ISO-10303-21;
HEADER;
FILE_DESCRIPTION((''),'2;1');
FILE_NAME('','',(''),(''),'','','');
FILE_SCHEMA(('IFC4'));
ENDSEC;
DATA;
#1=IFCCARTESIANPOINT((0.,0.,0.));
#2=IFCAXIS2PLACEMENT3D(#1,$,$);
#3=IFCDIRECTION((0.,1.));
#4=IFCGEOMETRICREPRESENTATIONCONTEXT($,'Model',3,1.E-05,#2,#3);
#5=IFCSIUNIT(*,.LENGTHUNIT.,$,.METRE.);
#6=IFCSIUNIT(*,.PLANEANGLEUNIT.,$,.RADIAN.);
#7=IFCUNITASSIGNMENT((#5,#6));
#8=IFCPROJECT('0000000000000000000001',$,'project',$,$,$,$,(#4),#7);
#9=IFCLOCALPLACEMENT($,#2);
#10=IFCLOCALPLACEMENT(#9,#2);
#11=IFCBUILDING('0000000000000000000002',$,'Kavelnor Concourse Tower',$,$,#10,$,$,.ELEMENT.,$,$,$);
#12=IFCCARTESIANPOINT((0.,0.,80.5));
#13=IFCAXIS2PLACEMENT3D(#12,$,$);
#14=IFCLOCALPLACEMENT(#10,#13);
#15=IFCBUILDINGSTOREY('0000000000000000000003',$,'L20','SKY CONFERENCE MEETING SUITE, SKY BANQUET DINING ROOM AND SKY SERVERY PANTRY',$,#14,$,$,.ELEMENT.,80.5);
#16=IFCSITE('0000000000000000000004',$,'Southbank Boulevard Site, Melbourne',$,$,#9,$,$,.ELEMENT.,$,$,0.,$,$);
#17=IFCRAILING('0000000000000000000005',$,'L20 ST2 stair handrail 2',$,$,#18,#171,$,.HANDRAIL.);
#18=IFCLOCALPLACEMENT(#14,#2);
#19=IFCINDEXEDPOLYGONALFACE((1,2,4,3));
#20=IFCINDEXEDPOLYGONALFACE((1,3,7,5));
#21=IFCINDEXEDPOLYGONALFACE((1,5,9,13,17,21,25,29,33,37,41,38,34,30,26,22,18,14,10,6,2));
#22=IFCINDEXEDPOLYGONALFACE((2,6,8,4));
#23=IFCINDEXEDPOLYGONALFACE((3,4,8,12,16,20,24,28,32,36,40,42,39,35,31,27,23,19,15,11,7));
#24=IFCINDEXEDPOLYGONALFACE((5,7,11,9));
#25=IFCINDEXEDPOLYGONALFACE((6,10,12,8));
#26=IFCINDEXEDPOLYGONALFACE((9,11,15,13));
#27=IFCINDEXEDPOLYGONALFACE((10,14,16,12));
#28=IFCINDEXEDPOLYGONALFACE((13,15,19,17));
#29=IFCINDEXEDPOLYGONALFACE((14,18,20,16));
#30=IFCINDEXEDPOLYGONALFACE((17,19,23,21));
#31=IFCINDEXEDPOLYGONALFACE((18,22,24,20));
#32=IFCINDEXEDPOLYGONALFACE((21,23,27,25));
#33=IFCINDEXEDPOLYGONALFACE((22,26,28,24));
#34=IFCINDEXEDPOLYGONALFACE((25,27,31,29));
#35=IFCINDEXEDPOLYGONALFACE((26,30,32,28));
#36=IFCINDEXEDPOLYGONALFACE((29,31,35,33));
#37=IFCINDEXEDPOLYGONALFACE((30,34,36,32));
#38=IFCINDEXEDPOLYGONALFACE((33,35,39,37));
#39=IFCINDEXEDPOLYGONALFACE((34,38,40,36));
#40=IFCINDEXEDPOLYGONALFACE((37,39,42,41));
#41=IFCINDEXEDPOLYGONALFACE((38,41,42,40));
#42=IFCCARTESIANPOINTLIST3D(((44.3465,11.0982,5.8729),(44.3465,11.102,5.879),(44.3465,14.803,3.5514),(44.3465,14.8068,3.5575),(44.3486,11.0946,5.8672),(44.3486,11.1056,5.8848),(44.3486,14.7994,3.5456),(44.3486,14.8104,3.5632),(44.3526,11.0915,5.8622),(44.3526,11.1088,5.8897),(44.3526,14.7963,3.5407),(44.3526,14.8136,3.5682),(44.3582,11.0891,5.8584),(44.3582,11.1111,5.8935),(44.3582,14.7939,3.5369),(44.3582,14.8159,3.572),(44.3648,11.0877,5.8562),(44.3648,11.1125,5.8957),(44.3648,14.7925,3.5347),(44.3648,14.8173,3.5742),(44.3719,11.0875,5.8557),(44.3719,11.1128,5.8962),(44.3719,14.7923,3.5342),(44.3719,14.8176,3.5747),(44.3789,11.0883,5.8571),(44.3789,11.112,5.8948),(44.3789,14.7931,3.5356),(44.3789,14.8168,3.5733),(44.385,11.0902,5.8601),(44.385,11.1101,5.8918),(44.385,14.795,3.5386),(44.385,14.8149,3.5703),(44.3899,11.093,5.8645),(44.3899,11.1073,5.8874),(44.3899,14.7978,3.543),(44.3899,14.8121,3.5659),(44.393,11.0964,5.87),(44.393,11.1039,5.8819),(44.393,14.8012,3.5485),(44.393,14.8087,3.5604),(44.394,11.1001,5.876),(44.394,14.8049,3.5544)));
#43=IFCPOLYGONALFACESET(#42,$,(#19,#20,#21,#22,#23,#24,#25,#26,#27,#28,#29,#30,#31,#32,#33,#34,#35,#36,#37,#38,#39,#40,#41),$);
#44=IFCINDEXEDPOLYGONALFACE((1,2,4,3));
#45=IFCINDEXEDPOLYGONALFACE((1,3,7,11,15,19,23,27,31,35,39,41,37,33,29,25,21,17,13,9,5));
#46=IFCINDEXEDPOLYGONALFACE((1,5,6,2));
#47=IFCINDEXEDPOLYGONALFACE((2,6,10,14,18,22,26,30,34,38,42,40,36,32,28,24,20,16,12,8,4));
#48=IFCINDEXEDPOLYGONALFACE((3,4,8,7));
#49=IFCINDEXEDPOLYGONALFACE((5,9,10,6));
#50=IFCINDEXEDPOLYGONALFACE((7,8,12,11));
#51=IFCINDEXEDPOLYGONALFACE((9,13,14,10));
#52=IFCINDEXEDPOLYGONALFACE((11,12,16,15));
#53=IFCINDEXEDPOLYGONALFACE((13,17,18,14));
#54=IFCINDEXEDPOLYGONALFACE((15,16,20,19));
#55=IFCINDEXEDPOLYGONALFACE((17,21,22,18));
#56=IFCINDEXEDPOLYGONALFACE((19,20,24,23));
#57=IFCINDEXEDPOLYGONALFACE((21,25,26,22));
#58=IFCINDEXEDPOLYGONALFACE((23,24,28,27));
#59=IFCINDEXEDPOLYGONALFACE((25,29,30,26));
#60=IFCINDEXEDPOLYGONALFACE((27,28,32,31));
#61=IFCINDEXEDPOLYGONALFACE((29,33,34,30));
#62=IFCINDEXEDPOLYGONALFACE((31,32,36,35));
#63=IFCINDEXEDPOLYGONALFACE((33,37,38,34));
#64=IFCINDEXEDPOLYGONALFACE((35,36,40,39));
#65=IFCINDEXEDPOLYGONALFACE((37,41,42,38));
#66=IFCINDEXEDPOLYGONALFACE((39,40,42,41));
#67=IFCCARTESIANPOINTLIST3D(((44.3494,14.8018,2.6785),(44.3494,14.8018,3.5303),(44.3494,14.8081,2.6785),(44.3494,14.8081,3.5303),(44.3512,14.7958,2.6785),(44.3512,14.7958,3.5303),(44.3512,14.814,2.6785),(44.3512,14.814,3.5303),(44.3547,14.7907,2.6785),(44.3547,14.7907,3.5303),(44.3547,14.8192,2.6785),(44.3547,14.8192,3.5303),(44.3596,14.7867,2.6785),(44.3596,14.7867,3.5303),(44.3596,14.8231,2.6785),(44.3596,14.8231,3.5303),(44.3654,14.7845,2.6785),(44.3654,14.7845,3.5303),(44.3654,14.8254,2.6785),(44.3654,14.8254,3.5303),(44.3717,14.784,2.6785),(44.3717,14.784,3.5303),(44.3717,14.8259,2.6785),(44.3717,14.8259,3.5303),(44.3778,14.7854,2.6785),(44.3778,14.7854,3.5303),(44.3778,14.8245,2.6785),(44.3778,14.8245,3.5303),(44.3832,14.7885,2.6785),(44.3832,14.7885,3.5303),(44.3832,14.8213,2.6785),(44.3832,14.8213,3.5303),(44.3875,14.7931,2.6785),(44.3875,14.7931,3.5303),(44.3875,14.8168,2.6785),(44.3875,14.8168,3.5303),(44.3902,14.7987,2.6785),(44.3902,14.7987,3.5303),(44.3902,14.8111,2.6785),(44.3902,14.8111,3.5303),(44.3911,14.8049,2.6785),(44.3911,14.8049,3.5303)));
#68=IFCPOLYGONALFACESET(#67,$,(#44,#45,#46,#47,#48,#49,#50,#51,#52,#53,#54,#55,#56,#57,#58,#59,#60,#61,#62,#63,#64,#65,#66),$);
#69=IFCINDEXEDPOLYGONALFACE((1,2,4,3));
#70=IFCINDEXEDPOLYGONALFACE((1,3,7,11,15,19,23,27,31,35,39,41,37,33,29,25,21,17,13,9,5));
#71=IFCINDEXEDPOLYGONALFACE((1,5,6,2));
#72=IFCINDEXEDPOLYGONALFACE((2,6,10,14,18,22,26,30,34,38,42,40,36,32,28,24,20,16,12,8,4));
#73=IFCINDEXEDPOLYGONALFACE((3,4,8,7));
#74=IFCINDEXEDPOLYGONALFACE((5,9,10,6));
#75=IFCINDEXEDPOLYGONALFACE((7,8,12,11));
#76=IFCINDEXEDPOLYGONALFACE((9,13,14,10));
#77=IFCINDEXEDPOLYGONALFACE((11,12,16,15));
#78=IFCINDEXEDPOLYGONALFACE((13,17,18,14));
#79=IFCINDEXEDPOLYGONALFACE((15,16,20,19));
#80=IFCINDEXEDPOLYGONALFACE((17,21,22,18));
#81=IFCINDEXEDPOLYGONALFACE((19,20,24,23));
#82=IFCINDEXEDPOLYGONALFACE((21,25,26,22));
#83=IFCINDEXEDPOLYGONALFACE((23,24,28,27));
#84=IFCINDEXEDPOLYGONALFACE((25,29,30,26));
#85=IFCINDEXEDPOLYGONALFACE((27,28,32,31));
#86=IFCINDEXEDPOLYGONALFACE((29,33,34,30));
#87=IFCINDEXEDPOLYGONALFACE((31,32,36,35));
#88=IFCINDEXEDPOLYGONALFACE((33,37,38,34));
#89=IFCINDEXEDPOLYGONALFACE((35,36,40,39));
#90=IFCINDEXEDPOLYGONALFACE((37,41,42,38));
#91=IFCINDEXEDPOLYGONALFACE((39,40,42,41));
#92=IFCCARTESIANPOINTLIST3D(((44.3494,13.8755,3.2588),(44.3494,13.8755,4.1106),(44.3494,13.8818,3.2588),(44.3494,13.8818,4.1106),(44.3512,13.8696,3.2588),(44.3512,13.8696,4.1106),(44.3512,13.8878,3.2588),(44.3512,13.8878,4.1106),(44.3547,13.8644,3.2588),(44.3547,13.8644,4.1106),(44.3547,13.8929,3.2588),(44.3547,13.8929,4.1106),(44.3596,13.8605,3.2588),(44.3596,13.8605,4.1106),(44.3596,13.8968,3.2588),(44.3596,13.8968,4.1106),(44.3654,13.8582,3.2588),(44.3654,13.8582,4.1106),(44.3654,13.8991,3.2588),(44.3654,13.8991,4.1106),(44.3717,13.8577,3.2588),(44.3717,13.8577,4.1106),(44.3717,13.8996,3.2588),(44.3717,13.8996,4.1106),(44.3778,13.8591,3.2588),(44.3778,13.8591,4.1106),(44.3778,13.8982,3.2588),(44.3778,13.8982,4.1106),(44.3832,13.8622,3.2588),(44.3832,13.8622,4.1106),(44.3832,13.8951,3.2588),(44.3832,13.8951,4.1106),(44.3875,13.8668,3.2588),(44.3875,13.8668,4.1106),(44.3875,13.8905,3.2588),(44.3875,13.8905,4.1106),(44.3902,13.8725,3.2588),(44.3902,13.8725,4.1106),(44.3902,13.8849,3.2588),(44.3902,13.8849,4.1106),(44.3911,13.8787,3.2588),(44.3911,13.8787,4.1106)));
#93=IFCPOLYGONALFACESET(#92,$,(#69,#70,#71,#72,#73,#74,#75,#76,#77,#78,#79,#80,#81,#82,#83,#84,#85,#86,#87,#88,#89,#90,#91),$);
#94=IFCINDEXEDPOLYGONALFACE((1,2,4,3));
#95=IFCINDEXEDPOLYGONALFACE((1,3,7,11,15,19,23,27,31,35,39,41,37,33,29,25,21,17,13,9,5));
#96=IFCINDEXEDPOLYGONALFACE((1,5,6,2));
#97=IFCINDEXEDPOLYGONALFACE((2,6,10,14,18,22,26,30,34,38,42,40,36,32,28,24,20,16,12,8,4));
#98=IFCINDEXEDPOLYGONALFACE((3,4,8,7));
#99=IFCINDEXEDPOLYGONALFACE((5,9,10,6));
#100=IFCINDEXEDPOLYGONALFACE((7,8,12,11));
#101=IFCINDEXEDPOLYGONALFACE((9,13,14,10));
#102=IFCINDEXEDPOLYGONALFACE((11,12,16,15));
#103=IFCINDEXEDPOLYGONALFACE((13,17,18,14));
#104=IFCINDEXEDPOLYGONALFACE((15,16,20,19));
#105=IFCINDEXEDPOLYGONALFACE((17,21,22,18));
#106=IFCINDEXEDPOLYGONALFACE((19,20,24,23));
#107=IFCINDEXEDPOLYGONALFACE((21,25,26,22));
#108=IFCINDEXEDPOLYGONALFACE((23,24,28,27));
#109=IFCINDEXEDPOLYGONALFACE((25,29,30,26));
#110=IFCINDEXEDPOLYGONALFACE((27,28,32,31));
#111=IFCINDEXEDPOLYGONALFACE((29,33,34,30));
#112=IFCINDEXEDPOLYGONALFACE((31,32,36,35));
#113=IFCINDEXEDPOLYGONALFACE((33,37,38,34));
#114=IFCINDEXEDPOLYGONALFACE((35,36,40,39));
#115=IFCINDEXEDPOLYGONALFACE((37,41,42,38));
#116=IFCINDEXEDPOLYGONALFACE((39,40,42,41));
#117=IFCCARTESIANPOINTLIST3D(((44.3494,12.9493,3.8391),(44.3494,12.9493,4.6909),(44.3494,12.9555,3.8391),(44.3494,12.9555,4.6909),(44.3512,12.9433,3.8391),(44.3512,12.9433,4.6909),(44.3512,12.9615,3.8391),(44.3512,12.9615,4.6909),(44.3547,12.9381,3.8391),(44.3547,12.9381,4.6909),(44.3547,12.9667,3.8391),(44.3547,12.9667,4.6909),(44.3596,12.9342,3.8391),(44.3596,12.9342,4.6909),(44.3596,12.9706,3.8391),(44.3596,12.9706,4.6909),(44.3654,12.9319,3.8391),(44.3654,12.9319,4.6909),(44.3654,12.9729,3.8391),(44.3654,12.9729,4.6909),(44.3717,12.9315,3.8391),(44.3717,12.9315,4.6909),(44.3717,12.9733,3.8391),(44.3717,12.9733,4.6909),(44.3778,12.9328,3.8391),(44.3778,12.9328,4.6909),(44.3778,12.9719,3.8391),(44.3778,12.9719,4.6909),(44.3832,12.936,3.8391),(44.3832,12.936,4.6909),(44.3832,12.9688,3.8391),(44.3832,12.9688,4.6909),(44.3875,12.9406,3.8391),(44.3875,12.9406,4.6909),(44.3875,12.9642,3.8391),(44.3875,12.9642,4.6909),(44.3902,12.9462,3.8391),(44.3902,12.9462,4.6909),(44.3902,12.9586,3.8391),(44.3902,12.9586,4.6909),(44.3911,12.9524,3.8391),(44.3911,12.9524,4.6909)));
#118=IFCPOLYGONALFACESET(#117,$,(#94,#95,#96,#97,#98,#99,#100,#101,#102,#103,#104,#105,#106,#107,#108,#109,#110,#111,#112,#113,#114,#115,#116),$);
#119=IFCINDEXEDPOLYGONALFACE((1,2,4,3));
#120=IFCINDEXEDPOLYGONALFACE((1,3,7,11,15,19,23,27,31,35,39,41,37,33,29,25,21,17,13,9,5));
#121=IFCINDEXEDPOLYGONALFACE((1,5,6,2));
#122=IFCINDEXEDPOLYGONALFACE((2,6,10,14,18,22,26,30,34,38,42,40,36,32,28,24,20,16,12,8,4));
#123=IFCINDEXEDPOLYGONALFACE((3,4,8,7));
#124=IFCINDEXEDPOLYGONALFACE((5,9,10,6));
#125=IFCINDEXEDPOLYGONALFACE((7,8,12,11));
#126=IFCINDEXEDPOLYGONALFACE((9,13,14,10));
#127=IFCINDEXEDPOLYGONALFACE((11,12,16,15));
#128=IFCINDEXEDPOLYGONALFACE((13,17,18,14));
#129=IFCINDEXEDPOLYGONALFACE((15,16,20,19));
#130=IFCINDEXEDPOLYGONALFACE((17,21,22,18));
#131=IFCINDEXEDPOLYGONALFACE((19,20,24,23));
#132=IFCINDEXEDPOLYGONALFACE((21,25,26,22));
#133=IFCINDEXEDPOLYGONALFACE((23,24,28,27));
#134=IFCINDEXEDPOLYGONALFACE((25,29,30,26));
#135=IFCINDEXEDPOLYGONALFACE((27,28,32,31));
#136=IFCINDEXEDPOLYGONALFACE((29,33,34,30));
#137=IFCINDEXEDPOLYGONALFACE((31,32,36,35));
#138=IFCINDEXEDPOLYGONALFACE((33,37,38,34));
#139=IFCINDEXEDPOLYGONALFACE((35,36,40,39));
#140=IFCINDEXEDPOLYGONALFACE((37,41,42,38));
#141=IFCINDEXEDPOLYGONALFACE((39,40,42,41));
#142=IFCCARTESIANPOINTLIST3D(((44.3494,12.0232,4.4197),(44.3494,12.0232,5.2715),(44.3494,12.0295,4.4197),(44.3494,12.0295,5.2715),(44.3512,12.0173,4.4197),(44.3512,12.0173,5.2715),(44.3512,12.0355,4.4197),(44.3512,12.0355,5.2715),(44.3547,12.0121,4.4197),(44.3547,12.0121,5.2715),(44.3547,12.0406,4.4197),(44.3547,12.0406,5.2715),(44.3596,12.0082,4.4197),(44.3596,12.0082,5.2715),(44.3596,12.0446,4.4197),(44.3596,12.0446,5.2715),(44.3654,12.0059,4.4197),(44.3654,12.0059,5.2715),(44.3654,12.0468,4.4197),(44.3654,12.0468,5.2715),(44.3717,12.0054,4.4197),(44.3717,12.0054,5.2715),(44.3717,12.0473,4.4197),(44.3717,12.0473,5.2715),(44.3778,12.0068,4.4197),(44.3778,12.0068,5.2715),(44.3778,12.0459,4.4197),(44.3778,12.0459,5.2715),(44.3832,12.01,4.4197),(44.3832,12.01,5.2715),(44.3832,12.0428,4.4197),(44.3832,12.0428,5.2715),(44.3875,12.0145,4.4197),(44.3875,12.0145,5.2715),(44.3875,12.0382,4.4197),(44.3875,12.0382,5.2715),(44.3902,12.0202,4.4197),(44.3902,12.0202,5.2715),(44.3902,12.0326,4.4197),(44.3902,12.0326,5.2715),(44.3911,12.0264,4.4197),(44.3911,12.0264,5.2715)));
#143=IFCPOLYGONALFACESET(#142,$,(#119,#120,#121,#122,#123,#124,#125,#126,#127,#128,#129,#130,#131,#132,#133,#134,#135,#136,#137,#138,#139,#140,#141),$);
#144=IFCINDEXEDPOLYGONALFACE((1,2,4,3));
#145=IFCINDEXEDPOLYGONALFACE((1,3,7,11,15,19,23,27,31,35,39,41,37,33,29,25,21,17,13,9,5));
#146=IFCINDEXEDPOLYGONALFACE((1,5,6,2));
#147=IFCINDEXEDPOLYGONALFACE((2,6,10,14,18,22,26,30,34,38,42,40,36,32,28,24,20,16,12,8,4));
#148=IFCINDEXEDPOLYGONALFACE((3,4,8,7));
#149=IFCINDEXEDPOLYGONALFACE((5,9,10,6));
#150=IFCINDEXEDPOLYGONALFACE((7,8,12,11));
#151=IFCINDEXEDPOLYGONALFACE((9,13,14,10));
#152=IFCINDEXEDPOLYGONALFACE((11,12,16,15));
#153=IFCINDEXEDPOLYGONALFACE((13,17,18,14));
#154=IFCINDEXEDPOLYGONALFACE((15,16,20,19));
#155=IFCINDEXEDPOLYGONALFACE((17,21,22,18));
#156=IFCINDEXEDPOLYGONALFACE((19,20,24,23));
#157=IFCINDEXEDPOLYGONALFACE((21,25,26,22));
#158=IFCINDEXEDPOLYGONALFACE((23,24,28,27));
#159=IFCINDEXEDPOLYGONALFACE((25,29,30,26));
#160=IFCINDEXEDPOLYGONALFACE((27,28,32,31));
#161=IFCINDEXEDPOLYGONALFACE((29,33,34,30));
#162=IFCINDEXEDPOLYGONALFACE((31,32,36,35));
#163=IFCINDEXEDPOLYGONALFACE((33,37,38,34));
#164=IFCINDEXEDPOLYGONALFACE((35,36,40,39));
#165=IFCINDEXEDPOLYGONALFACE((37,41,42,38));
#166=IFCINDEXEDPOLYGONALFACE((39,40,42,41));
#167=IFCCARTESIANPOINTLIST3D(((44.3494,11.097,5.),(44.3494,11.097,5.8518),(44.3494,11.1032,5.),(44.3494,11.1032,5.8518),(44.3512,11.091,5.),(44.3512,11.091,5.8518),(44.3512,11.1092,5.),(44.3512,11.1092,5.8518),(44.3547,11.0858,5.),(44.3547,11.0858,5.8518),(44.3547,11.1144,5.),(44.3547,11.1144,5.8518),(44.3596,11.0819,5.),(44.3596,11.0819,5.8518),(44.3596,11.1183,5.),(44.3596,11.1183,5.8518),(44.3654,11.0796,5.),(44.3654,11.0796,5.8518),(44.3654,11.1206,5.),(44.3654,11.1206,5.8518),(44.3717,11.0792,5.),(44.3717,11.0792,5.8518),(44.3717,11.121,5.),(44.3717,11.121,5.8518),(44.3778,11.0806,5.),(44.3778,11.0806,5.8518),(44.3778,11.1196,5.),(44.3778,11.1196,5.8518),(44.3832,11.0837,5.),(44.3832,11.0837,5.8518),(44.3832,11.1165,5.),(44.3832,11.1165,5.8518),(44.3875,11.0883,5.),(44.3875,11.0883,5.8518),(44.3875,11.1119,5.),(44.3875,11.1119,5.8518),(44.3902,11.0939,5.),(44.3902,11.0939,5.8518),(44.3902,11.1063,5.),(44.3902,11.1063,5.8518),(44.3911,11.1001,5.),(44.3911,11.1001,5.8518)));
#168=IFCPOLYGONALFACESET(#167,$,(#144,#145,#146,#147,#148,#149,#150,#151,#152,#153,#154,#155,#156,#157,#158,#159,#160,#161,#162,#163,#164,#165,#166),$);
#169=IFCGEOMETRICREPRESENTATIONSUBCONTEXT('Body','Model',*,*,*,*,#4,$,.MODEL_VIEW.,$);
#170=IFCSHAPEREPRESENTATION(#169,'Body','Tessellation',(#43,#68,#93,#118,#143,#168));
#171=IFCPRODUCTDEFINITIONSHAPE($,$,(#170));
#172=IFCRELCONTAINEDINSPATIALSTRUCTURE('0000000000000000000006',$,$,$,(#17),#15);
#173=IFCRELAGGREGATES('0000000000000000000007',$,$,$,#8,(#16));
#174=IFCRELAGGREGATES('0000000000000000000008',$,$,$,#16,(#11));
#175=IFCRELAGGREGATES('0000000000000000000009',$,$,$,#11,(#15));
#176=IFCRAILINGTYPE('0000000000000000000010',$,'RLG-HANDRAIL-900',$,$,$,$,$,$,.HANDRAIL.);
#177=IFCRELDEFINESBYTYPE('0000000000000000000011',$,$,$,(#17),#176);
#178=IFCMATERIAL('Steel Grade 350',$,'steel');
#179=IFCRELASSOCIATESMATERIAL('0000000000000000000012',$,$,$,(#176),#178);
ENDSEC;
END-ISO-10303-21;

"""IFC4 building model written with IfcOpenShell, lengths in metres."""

from ifc_helpers import new_model, si_unit, direction, frame, origin, origin_2d, place, context, subcontext, project, spatial, circle, extrude, material, type_object, element, save


model = new_model("IFC4")

# Units and contexts
model_context = context("Model", 3, precision=1e-05, world=origin(), true_north=direction((0.0, 1.0)))
body_context = subcontext(model_context, "Body", "Model", "MODEL_VIEW")
ifc_project = project(units=[si_unit("LENGTHUNIT", "METRE"), si_unit("PLANEANGLEUNIT", "RADIAN")], contexts=[model_context])

# Site, building, storey
site_placement = place(None, origin())
site = spatial("IfcSite", under=ifc_project, at=site_placement, Name="Southbank Boulevard Site, Melbourne", CompositionType="ELEMENT", RefElevation=0.0)
building_placement = place(site_placement, origin())
building = spatial("IfcBuilding", under=site, at=building_placement, Name="Kavelnor Concourse Tower", CompositionType="ELEMENT")
storey_placement = place(building_placement, frame((0.0, 0.0, 80.5)))
storey = spatial("IfcBuildingStorey", under=building, at=storey_placement, Name="L20", Description="SKY CONFERENCE MEETING SUITE, SKY BANQUET DINING ROOM AND SKY SERVERY PANTRY", CompositionType="ELEMENT", Elevation=80.5)

# Shared definitions
ifc_material_1 = material(Name="Steel Grade 350", Category="steel")

# Railing
railing_type = type_object("IfcRailingType", Name="RLG-HANDRAIL-900", PredefinedType="HANDRAIL", material=ifc_material_1)
railing_placement = place(storey_placement, frame((44.3701, 14.8049, 2.6785)))
element("IfcRailing", 1, at=railing_placement, inside=storey, type_object=railing_type, Name="L20 ST2 stair handrail 2", PredefinedType="HANDRAIL", context=body_context, shape_type="SweptSolid", body=[
    extrude(circle(Radius=0.0239, at=origin_2d()), frame((0.0, 0.0, 0.876), z_axis=(0.0, -0.84738, 0.530987), x_axis=(1.0, 0.0, 0.0)), (0.0, 0.0, 1.0), 4.3721),
    extrude(circle(Radius=0.021, at=origin_2d()), origin(), (0.0, 0.0, 1.0), 0.8518),
    extrude(circle(Radius=0.021, at=origin_2d()), frame((0.0, -0.9263, 0.5803)), (0.0, 0.0, 1.0), 0.8518),
    extrude(circle(Radius=0.021, at=origin_2d()), frame((0.0, -1.8525, 1.1606)), (0.0, 0.0, 1.0), 0.8518),
    extrude(circle(Radius=0.021, at=origin_2d()), frame((0.0, -2.7786, 1.7412)), (0.0, 0.0, 1.0), 0.8518),
    extrude(circle(Radius=0.021, at=origin_2d()), frame((0.0, -3.7048, 2.3215)), (0.0, 0.0, 1.0), 0.8518),
])

save(model, "model.ifc")
